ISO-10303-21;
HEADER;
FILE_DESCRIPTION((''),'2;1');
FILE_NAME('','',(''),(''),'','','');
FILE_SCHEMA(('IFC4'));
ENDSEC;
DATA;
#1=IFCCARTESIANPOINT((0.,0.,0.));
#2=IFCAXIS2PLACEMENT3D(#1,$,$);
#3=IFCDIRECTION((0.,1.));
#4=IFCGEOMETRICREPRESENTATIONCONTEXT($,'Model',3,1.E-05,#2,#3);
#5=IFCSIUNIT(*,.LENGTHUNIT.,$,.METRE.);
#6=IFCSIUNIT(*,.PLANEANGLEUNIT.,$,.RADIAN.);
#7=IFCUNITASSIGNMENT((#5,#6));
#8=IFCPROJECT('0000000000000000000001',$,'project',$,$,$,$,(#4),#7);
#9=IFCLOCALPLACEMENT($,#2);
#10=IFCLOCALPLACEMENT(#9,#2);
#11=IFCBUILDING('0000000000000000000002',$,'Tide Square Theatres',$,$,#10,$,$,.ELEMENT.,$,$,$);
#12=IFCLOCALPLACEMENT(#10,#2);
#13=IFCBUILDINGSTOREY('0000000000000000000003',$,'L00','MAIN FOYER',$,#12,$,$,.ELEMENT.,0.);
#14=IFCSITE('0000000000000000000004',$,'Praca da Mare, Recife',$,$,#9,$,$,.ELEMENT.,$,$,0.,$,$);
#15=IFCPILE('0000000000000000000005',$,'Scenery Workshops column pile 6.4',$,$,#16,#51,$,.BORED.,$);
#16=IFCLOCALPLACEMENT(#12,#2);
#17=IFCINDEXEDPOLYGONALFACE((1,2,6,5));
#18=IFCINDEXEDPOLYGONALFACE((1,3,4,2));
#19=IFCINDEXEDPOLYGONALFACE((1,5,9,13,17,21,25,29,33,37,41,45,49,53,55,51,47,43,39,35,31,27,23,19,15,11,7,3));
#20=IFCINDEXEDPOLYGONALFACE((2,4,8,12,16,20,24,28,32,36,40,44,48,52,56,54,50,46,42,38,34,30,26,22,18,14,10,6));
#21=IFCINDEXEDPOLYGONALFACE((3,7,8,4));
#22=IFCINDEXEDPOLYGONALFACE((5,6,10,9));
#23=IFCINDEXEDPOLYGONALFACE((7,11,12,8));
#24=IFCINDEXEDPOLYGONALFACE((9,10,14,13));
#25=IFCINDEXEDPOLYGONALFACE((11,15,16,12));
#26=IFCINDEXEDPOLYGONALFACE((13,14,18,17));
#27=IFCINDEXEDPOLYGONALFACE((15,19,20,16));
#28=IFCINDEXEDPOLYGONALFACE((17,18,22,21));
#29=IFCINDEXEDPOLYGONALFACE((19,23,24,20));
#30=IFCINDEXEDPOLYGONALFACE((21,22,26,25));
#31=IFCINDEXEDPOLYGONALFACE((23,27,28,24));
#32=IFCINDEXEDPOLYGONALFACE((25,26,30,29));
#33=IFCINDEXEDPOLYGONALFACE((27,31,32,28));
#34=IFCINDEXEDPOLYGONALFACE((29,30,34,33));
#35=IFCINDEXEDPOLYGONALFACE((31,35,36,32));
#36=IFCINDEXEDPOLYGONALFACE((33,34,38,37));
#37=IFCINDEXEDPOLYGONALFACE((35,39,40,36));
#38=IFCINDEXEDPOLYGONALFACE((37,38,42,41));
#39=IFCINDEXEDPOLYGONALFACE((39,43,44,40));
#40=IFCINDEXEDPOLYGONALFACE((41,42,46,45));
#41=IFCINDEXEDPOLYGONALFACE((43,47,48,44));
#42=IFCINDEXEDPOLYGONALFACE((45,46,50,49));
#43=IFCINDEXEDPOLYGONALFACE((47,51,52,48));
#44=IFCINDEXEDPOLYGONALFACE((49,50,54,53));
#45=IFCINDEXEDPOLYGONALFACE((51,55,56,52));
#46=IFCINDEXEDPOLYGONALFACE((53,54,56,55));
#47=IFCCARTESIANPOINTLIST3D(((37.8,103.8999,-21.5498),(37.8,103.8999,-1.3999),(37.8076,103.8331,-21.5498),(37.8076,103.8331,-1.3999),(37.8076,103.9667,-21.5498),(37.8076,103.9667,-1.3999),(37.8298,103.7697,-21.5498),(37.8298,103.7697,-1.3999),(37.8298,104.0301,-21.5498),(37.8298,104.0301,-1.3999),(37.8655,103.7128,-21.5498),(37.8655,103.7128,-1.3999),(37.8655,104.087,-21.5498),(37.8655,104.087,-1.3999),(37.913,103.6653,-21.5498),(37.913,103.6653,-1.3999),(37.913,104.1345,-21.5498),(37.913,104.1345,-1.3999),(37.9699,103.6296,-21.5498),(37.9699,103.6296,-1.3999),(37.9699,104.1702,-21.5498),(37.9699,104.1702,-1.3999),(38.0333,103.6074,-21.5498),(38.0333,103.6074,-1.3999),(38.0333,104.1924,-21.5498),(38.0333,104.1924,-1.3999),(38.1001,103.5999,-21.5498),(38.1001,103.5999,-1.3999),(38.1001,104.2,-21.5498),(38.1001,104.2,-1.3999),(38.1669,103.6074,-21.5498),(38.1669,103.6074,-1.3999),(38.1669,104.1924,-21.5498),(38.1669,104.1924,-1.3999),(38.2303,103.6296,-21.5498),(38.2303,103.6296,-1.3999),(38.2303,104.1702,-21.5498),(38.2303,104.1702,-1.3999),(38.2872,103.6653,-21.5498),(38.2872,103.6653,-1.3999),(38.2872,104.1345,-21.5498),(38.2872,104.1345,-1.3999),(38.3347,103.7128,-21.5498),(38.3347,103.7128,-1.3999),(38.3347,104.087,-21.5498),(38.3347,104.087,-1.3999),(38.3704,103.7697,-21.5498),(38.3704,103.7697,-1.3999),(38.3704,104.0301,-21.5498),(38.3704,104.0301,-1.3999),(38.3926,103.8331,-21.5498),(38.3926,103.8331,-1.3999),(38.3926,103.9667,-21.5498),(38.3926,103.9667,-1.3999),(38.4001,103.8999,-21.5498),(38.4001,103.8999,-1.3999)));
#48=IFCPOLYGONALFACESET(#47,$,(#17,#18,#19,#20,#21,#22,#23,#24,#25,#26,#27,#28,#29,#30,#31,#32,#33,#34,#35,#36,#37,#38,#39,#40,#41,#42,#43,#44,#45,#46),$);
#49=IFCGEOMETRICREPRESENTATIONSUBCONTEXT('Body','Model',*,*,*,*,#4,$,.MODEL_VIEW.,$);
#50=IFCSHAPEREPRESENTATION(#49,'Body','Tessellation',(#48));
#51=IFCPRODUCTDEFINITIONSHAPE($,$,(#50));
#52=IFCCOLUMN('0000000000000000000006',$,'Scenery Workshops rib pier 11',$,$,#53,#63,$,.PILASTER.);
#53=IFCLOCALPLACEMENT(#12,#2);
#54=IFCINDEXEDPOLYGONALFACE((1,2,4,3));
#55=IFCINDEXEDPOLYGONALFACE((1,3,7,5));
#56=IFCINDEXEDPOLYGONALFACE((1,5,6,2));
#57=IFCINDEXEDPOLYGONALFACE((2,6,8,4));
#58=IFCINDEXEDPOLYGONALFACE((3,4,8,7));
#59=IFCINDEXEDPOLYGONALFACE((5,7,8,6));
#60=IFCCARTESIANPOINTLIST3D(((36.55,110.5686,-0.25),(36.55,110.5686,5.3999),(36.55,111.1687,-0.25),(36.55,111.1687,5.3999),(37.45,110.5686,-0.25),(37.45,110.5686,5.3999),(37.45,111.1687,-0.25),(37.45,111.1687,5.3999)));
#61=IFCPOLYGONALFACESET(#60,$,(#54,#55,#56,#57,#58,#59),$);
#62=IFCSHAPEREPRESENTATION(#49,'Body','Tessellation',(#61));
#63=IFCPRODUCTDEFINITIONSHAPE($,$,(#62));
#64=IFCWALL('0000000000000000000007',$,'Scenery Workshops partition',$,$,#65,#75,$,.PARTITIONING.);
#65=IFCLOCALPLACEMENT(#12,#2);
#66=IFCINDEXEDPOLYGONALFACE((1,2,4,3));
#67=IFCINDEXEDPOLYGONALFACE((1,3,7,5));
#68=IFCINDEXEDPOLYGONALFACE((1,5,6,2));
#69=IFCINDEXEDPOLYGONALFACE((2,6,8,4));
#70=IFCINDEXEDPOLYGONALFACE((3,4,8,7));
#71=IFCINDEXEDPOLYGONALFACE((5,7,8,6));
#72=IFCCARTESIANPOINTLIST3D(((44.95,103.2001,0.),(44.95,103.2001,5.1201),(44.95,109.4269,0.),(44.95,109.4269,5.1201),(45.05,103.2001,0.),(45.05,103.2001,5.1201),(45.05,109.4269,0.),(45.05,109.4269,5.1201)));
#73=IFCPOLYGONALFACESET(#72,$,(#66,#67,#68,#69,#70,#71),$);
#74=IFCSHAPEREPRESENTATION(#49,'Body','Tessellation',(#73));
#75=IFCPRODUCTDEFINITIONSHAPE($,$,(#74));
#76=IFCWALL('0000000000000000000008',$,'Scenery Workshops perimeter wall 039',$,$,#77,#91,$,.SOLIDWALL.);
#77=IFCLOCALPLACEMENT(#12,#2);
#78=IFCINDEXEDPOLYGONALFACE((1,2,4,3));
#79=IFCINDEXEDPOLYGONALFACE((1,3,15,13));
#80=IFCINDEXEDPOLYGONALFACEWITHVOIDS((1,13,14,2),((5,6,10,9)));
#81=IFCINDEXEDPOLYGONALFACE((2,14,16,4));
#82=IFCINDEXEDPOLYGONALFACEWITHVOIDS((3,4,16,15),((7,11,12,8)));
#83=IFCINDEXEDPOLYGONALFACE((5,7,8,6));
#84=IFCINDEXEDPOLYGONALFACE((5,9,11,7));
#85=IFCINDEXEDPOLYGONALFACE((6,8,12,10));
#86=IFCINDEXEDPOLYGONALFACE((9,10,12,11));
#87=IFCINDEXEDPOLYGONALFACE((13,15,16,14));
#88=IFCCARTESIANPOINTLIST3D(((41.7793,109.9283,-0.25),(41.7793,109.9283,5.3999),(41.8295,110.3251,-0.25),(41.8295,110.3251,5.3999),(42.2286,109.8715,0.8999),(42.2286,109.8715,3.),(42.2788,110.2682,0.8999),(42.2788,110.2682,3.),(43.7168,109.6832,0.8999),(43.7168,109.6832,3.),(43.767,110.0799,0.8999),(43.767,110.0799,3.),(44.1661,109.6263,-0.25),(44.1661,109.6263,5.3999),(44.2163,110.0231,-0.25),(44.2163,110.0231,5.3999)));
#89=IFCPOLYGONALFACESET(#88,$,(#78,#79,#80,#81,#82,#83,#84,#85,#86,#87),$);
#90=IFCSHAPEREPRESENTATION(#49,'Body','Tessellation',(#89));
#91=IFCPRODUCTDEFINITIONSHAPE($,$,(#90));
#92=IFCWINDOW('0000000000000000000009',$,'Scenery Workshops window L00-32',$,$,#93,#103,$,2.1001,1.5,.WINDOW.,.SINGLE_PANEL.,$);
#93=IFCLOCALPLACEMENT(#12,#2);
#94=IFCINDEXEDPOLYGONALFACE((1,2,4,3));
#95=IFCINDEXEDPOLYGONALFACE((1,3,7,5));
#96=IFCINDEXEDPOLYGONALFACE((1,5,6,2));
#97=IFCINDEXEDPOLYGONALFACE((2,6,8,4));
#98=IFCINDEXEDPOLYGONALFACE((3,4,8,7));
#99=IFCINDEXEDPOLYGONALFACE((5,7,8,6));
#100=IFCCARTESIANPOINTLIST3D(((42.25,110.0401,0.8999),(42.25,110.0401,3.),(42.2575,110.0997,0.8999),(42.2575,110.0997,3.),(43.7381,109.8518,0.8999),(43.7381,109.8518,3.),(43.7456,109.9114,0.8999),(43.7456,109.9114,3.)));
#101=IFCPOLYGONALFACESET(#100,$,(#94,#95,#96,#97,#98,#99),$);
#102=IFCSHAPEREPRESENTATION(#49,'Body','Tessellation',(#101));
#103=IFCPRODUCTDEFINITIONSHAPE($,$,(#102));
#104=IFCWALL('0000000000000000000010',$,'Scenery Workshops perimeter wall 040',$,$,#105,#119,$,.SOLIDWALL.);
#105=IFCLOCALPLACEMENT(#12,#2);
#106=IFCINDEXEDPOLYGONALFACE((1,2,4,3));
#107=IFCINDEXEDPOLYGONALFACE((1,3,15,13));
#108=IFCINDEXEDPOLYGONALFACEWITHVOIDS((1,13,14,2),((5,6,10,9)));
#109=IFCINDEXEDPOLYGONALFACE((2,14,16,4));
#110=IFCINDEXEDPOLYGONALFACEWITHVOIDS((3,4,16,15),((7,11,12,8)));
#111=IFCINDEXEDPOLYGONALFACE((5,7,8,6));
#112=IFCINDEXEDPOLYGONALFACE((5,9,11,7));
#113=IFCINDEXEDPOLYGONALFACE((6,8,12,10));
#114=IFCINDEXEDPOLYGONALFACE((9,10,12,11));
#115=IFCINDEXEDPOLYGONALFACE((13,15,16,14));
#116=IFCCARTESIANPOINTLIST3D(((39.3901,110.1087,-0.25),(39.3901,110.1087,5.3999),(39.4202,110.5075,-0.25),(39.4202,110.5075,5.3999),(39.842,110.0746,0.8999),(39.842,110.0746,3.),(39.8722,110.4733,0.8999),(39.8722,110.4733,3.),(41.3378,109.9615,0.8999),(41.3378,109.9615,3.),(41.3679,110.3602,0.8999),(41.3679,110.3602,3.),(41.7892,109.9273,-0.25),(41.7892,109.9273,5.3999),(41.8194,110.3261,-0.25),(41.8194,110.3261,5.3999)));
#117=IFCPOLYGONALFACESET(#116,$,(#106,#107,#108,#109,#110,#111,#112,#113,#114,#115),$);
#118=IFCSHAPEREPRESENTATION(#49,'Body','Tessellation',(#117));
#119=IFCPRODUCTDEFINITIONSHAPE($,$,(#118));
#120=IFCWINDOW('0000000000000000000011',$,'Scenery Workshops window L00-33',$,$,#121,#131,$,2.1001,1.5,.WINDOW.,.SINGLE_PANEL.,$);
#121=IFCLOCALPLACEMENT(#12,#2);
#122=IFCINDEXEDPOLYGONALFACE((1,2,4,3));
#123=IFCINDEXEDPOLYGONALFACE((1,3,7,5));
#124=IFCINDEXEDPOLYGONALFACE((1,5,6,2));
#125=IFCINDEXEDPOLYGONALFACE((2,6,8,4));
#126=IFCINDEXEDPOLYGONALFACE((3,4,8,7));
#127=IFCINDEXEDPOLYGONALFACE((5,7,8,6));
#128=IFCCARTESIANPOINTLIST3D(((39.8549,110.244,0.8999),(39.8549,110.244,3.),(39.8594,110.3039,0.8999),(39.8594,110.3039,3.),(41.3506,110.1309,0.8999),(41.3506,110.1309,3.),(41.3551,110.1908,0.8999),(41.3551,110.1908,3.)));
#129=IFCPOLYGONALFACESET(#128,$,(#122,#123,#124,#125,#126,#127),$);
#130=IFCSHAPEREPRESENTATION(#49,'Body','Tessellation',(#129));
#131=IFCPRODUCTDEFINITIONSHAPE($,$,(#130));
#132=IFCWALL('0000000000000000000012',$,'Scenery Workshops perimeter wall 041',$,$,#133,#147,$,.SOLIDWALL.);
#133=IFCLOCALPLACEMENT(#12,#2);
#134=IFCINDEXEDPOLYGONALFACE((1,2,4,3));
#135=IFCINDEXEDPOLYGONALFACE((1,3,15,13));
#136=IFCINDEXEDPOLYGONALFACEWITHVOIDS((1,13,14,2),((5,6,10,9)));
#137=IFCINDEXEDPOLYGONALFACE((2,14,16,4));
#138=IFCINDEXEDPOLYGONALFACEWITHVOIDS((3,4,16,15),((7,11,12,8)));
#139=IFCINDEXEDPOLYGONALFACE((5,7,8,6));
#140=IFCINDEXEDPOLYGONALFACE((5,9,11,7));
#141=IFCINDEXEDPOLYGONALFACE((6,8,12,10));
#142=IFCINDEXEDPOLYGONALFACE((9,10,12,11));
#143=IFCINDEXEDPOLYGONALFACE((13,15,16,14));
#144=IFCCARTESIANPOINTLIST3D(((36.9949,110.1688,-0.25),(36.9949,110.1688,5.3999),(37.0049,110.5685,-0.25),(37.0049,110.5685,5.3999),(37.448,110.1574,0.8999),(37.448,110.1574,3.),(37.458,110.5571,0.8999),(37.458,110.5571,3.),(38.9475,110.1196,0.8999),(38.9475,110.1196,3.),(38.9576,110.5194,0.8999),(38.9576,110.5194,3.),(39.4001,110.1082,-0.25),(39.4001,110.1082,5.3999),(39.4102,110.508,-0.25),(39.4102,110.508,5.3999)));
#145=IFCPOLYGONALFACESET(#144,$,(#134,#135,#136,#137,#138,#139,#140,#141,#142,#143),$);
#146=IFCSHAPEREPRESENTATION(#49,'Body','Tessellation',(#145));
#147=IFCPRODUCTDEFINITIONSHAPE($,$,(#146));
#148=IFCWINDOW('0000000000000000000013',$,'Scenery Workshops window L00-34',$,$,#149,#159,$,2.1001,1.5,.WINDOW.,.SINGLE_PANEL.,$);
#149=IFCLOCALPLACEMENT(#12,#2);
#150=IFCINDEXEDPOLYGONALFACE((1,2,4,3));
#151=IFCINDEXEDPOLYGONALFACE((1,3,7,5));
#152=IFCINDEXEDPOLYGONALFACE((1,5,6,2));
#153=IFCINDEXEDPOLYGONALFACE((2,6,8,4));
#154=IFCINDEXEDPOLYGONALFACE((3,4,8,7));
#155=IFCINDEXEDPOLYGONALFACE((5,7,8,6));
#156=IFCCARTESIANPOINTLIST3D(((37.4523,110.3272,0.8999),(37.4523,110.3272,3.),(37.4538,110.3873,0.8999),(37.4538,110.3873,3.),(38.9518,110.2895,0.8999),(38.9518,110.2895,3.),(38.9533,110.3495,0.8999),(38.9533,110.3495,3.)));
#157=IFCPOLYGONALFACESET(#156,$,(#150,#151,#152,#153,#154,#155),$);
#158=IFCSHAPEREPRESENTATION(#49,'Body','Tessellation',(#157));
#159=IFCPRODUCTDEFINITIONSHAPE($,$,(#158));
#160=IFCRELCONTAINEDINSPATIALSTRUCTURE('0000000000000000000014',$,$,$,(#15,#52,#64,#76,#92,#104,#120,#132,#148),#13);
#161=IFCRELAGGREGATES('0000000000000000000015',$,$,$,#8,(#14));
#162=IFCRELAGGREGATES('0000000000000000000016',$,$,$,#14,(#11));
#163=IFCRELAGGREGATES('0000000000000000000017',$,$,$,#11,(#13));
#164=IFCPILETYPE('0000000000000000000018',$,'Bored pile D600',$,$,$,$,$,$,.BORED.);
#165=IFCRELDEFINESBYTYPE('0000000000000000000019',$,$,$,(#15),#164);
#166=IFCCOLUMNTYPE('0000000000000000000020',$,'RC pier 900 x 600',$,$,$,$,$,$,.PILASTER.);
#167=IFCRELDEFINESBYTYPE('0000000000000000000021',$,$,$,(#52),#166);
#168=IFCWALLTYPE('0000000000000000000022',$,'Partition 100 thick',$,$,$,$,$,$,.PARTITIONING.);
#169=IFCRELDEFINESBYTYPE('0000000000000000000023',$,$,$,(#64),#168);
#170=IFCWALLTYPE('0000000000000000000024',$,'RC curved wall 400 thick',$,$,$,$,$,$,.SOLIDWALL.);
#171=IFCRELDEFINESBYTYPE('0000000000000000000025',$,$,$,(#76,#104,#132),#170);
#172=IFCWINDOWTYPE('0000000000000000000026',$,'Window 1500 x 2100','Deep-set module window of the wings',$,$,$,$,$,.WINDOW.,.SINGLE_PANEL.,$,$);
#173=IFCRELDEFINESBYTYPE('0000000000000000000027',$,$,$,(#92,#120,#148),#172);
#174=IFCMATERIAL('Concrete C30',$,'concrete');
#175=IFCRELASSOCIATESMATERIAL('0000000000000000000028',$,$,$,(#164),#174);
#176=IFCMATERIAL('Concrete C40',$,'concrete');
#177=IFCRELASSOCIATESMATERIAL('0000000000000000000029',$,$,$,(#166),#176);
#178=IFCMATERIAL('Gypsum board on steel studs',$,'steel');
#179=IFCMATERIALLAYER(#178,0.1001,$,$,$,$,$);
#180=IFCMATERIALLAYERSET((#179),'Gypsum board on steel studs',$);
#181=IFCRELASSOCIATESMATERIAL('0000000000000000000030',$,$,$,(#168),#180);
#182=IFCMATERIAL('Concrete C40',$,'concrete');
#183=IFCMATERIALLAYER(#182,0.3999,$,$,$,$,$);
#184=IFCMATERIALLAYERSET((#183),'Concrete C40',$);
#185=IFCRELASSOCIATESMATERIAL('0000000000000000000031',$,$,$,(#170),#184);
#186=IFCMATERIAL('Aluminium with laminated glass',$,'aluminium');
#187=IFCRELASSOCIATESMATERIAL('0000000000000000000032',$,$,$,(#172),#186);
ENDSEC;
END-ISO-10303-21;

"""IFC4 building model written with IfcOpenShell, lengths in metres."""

from ifc_helpers import new_model, si_unit, direction, frame, frame_2d, origin, origin_2d, place, context, subcontext, project, spatial, rectangle, circle, extrude, material, layer, layer_set, material_profile, profile_set, type_object, element, fill, save


model = new_model("IFC4")

# Units and contexts
model_context = context("Model", 3, precision=1e-05, world=origin(), true_north=direction((0.0, 1.0)))
body_context = subcontext(model_context, "Body", "Model", "MODEL_VIEW")
ifc_project = project(units=[si_unit("LENGTHUNIT", "METRE"), si_unit("PLANEANGLEUNIT", "RADIAN")], contexts=[model_context])

# Site, building, storey
site_placement = place(None, origin())
site = spatial("IfcSite", under=ifc_project, at=site_placement, Name="Praca da Mare, Recife", CompositionType="ELEMENT", RefElevation=0.0)
building_placement = place(site_placement, origin())
building = spatial("IfcBuilding", under=site, at=building_placement, Name="Tide Square Theatres", CompositionType="ELEMENT")
storey_placement = place(building_placement, origin())
storey = spatial("IfcBuildingStorey", under=building, at=storey_placement, Name="L00", Description="MAIN FOYER", CompositionType="ELEMENT", Elevation=0.0)

# Pile
ifc_material_1 = material(Name="Concrete C30", Category="concrete")
ifc_material_profile_1 = material_profile(ifc_material_1, circle(Radius=0.3, at=origin_2d()))
ifc_profile_set_1 = profile_set([ifc_material_profile_1], Name="Concrete C30")
pile_type = type_object("IfcPileType", Name="Bored pile D600", PredefinedType="BORED", material=ifc_profile_set_1)
for number, where, z_axis, x_axis, name in (
    (1, (38.1001, 103.8999, -1.3999), (0.0, 0.0, -1.0), (1.0, 0.0, 0.0), "Scenery Workshops column pile 6.4"),
):
    element("IfcPile", number, at=place(storey_placement, frame(where, z_axis=z_axis, x_axis=x_axis)), inside=storey, type_object=pile_type, Name=name, PredefinedType="BORED", context=body_context, shape_type="SweptSolid", body=[
        extrude(circle(Radius=0.3, at=origin_2d()), origin(), (0.0, 0.0, 1.0), 20.1499),
    ])

# Column
ifc_material_2 = material(Name="Concrete C40", Category="concrete")
ifc_material_profile_2 = material_profile(ifc_material_2, rectangle(XDim=0.8999, YDim=0.6001, at=origin_2d()))
ifc_profile_set_2 = profile_set([ifc_material_profile_2], Name="Concrete C40")
column_type = type_object("IfcColumnType", Name="RC pier 900 x 600", PredefinedType="PILASTER", material=ifc_profile_set_2)
column_placement = place(storey_placement, frame((37.0, 110.8687, -0.25), z_axis=(0.0, 0.0, 1.0), x_axis=(-1.0, 0.0, 0.0)))
element("IfcColumn", 2, at=column_placement, inside=storey, type_object=column_type, Name="Scenery Workshops rib pier 11", PredefinedType="PILASTER", context=body_context, shape_type="SweptSolid", body=[
    extrude(rectangle(XDim=0.8999, YDim=0.6001, at=origin_2d()), origin(), (0.0, 0.0, 1.0), 5.6499),
])

# Wall
ifc_material_3 = material(Name="Gypsum board on steel studs", Category="steel")
ifc_layer_1 = layer(ifc_material_3, 0.1001)
ifc_layer_set_1 = layer_set([ifc_layer_1], Name="Gypsum board on steel studs")
wall_type_1 = type_object("IfcWallType", Name="Partition 100 thick", PredefinedType="PARTITIONING", material=ifc_layer_set_1)
wall_1_placement = place(storey_placement, frame((45.0, 109.4268, 0.0), z_axis=(0.0, 0.0, 1.0), x_axis=(0.0, -1.0, 0.0)))
element("IfcWall", 3, at=wall_1_placement, inside=storey, type_object=wall_type_1, Name="Scenery Workshops partition", PredefinedType="PARTITIONING", context=body_context, shape_type="SweptSolid", body=[
    extrude(rectangle(XDim=6.2268, YDim=0.1001, at=frame_2d((3.1133, 0.0))), origin(), (0.0, 0.0, 1.0), 5.1201),
])

# Walls, openings, windows
ifc_material_4 = material(Name="Concrete C40", Category="concrete")
ifc_layer_2 = layer(ifc_material_4, 0.3999)
ifc_layer_set_2 = layer_set([ifc_layer_2], Name="Concrete C40")
wall_type_2 = type_object("IfcWallType", Name="RC curved wall 400 thick", PredefinedType="SOLIDWALL", material=ifc_layer_set_2)
wall_2_placement = place(storey_placement, frame((44.1912, 109.8247, -0.25), z_axis=(0.0, 0.0, 1.0), x_axis=(-0.992089, 0.125533, 0.0)))
wall_2 = element("IfcWall", 4, at=wall_2_placement, inside=storey, type_object=wall_type_2, Name="Scenery Workshops perimeter wall 039", PredefinedType="SOLIDWALL", context=body_context, shape_type="SweptSolid", body=[
    extrude(rectangle(XDim=2.4058, YDim=0.3999, at=frame_2d((1.2029, 0.0))), origin(), (0.0, 0.0, 1.0), 5.6499),
])
opening_1_placement = place(wall_2_placement, frame((0.4529, 0.0, 1.1499)))
opening_1 = element("IfcOpeningElement", 5, at=opening_1_placement, cuts=wall_2, PredefinedType="OPENING", context=body_context, shape_type="SweptSolid", body=[
    extrude(rectangle(XDim=1.5, YDim=2.1001, at=frame_2d((0.75, 1.05))), frame((0.0, 0.21, 0.0), z_axis=(0.0, -1.0, 0.0), x_axis=(1.0, 0.0, 0.0)), (0.0, 0.0, 1.0), 0.4199),
])
ifc_material_5 = material(Name="Aluminium with laminated glass", Category="aluminium")
window_type = type_object("IfcWindowType", Name="Window 1500 x 2100", Description="Deep-set module window of the wings", PartitioningType="SINGLE_PANEL", PredefinedType="WINDOW", material=ifc_material_5)
window_1_placement = place(opening_1_placement, origin())
window_1 = element("IfcWindow", 6, at=window_1_placement, inside=storey, type_object=window_type, Name="Scenery Workshops window L00-32", OverallHeight=2.1001, OverallWidth=1.5, PartitioningType="SINGLE_PANEL", PredefinedType="WINDOW", context=body_context, shape_type="SweptSolid", body=[
    extrude(rectangle(XDim=1.5, YDim=2.1001, at=frame_2d((0.75, 1.05))), frame((0.0, 0.03, 0.0), z_axis=(0.0, -1.0, 0.0), x_axis=(1.0, 0.0, 0.0)), (0.0, 0.0, 1.0), 0.0601),
])
fill(opening_1, window_1)
wall_3_placement = place(storey_placement, frame((41.8044, 110.1267, -0.25), z_axis=(0.0, 0.0, 1.0), x_axis=(-0.997154, 0.075393, 0.0)))
wall_3 = element("IfcWall", 7, at=wall_3_placement, inside=storey, type_object=wall_type_2, Name="Scenery Workshops perimeter wall 040", PredefinedType="SOLIDWALL", context=body_context, shape_type="SweptSolid", body=[
    extrude(rectangle(XDim=2.406, YDim=0.3999, at=frame_2d((1.2031, 0.0))), origin(), (0.0, 0.0, 1.0), 5.6499),
])
opening_2_placement = place(wall_3_placement, frame((0.4529, 0.0, 1.1499)))
opening_2 = element("IfcOpeningElement", 8, at=opening_2_placement, cuts=wall_3, PredefinedType="OPENING", context=body_context, shape_type="SweptSolid", body=[
    extrude(rectangle(XDim=1.5, YDim=2.1001, at=frame_2d((0.75, 1.05))), frame((0.0, 0.21, 0.0), z_axis=(0.0, -1.0, 0.0), x_axis=(1.0, 0.0, 0.0)), (0.0, 0.0, 1.0), 0.4199),
])
window_2_placement = place(opening_2_placement, origin())
window_2 = element("IfcWindow", 9, at=window_2_placement, inside=storey, type_object=window_type, Name="Scenery Workshops window L00-33", OverallHeight=2.1001, OverallWidth=1.5, PartitioningType="SINGLE_PANEL", PredefinedType="WINDOW", context=body_context, shape_type="SweptSolid", body=[
    extrude(rectangle(XDim=1.5, YDim=2.1001, at=frame_2d((0.75, 1.05))), frame((0.0, 0.03, 0.0), z_axis=(0.0, -1.0, 0.0), x_axis=(1.0, 0.0, 0.0)), (0.0, 0.0, 1.0), 0.0601),
])
fill(opening_2, window_2)
wall_4_placement = place(storey_placement, frame((39.4053, 110.3081, -0.25), z_axis=(0.0, 0.0, 1.0), x_axis=(-0.999683, 0.025165, 0.0)))
wall_4 = element("IfcWall", 10, at=wall_4_placement, inside=storey, type_object=wall_type_2, Name="Scenery Workshops perimeter wall 041", PredefinedType="SOLIDWALL", context=body_context, shape_type="SweptSolid", body=[
    extrude(rectangle(XDim=2.406, YDim=0.3999, at=frame_2d((1.2031, 0.0))), origin(), (0.0, 0.0, 1.0), 5.6499),
])
opening_3_placement = place(wall_4_placement, frame((0.4529, 0.0, 1.1499)))
opening_3 = element("IfcOpeningElement", 11, at=opening_3_placement, cuts=wall_4, PredefinedType="OPENING", context=body_context, shape_type="SweptSolid", body=[
    extrude(rectangle(XDim=1.5, YDim=2.1001, at=frame_2d((0.75, 1.05))), frame((0.0, 0.21, 0.0), z_axis=(0.0, -1.0, 0.0), x_axis=(1.0, 0.0, 0.0)), (0.0, 0.0, 1.0), 0.4199),
])
window_3_placement = place(opening_3_placement, origin())
window_3 = element("IfcWindow", 12, at=window_3_placement, inside=storey, type_object=window_type, Name="Scenery Workshops window L00-34", OverallHeight=2.1001, OverallWidth=1.5, PartitioningType="SINGLE_PANEL", PredefinedType="WINDOW", context=body_context, shape_type="SweptSolid", body=[
    extrude(rectangle(XDim=1.5, YDim=2.1001, at=frame_2d((0.75, 1.05))), frame((0.0, 0.03, 0.0), z_axis=(0.0, -1.0, 0.0), x_axis=(1.0, 0.0, 0.0)), (0.0, 0.0, 1.0), 0.0601),
])
fill(opening_3, window_3)

save(model, "model.ifc")
